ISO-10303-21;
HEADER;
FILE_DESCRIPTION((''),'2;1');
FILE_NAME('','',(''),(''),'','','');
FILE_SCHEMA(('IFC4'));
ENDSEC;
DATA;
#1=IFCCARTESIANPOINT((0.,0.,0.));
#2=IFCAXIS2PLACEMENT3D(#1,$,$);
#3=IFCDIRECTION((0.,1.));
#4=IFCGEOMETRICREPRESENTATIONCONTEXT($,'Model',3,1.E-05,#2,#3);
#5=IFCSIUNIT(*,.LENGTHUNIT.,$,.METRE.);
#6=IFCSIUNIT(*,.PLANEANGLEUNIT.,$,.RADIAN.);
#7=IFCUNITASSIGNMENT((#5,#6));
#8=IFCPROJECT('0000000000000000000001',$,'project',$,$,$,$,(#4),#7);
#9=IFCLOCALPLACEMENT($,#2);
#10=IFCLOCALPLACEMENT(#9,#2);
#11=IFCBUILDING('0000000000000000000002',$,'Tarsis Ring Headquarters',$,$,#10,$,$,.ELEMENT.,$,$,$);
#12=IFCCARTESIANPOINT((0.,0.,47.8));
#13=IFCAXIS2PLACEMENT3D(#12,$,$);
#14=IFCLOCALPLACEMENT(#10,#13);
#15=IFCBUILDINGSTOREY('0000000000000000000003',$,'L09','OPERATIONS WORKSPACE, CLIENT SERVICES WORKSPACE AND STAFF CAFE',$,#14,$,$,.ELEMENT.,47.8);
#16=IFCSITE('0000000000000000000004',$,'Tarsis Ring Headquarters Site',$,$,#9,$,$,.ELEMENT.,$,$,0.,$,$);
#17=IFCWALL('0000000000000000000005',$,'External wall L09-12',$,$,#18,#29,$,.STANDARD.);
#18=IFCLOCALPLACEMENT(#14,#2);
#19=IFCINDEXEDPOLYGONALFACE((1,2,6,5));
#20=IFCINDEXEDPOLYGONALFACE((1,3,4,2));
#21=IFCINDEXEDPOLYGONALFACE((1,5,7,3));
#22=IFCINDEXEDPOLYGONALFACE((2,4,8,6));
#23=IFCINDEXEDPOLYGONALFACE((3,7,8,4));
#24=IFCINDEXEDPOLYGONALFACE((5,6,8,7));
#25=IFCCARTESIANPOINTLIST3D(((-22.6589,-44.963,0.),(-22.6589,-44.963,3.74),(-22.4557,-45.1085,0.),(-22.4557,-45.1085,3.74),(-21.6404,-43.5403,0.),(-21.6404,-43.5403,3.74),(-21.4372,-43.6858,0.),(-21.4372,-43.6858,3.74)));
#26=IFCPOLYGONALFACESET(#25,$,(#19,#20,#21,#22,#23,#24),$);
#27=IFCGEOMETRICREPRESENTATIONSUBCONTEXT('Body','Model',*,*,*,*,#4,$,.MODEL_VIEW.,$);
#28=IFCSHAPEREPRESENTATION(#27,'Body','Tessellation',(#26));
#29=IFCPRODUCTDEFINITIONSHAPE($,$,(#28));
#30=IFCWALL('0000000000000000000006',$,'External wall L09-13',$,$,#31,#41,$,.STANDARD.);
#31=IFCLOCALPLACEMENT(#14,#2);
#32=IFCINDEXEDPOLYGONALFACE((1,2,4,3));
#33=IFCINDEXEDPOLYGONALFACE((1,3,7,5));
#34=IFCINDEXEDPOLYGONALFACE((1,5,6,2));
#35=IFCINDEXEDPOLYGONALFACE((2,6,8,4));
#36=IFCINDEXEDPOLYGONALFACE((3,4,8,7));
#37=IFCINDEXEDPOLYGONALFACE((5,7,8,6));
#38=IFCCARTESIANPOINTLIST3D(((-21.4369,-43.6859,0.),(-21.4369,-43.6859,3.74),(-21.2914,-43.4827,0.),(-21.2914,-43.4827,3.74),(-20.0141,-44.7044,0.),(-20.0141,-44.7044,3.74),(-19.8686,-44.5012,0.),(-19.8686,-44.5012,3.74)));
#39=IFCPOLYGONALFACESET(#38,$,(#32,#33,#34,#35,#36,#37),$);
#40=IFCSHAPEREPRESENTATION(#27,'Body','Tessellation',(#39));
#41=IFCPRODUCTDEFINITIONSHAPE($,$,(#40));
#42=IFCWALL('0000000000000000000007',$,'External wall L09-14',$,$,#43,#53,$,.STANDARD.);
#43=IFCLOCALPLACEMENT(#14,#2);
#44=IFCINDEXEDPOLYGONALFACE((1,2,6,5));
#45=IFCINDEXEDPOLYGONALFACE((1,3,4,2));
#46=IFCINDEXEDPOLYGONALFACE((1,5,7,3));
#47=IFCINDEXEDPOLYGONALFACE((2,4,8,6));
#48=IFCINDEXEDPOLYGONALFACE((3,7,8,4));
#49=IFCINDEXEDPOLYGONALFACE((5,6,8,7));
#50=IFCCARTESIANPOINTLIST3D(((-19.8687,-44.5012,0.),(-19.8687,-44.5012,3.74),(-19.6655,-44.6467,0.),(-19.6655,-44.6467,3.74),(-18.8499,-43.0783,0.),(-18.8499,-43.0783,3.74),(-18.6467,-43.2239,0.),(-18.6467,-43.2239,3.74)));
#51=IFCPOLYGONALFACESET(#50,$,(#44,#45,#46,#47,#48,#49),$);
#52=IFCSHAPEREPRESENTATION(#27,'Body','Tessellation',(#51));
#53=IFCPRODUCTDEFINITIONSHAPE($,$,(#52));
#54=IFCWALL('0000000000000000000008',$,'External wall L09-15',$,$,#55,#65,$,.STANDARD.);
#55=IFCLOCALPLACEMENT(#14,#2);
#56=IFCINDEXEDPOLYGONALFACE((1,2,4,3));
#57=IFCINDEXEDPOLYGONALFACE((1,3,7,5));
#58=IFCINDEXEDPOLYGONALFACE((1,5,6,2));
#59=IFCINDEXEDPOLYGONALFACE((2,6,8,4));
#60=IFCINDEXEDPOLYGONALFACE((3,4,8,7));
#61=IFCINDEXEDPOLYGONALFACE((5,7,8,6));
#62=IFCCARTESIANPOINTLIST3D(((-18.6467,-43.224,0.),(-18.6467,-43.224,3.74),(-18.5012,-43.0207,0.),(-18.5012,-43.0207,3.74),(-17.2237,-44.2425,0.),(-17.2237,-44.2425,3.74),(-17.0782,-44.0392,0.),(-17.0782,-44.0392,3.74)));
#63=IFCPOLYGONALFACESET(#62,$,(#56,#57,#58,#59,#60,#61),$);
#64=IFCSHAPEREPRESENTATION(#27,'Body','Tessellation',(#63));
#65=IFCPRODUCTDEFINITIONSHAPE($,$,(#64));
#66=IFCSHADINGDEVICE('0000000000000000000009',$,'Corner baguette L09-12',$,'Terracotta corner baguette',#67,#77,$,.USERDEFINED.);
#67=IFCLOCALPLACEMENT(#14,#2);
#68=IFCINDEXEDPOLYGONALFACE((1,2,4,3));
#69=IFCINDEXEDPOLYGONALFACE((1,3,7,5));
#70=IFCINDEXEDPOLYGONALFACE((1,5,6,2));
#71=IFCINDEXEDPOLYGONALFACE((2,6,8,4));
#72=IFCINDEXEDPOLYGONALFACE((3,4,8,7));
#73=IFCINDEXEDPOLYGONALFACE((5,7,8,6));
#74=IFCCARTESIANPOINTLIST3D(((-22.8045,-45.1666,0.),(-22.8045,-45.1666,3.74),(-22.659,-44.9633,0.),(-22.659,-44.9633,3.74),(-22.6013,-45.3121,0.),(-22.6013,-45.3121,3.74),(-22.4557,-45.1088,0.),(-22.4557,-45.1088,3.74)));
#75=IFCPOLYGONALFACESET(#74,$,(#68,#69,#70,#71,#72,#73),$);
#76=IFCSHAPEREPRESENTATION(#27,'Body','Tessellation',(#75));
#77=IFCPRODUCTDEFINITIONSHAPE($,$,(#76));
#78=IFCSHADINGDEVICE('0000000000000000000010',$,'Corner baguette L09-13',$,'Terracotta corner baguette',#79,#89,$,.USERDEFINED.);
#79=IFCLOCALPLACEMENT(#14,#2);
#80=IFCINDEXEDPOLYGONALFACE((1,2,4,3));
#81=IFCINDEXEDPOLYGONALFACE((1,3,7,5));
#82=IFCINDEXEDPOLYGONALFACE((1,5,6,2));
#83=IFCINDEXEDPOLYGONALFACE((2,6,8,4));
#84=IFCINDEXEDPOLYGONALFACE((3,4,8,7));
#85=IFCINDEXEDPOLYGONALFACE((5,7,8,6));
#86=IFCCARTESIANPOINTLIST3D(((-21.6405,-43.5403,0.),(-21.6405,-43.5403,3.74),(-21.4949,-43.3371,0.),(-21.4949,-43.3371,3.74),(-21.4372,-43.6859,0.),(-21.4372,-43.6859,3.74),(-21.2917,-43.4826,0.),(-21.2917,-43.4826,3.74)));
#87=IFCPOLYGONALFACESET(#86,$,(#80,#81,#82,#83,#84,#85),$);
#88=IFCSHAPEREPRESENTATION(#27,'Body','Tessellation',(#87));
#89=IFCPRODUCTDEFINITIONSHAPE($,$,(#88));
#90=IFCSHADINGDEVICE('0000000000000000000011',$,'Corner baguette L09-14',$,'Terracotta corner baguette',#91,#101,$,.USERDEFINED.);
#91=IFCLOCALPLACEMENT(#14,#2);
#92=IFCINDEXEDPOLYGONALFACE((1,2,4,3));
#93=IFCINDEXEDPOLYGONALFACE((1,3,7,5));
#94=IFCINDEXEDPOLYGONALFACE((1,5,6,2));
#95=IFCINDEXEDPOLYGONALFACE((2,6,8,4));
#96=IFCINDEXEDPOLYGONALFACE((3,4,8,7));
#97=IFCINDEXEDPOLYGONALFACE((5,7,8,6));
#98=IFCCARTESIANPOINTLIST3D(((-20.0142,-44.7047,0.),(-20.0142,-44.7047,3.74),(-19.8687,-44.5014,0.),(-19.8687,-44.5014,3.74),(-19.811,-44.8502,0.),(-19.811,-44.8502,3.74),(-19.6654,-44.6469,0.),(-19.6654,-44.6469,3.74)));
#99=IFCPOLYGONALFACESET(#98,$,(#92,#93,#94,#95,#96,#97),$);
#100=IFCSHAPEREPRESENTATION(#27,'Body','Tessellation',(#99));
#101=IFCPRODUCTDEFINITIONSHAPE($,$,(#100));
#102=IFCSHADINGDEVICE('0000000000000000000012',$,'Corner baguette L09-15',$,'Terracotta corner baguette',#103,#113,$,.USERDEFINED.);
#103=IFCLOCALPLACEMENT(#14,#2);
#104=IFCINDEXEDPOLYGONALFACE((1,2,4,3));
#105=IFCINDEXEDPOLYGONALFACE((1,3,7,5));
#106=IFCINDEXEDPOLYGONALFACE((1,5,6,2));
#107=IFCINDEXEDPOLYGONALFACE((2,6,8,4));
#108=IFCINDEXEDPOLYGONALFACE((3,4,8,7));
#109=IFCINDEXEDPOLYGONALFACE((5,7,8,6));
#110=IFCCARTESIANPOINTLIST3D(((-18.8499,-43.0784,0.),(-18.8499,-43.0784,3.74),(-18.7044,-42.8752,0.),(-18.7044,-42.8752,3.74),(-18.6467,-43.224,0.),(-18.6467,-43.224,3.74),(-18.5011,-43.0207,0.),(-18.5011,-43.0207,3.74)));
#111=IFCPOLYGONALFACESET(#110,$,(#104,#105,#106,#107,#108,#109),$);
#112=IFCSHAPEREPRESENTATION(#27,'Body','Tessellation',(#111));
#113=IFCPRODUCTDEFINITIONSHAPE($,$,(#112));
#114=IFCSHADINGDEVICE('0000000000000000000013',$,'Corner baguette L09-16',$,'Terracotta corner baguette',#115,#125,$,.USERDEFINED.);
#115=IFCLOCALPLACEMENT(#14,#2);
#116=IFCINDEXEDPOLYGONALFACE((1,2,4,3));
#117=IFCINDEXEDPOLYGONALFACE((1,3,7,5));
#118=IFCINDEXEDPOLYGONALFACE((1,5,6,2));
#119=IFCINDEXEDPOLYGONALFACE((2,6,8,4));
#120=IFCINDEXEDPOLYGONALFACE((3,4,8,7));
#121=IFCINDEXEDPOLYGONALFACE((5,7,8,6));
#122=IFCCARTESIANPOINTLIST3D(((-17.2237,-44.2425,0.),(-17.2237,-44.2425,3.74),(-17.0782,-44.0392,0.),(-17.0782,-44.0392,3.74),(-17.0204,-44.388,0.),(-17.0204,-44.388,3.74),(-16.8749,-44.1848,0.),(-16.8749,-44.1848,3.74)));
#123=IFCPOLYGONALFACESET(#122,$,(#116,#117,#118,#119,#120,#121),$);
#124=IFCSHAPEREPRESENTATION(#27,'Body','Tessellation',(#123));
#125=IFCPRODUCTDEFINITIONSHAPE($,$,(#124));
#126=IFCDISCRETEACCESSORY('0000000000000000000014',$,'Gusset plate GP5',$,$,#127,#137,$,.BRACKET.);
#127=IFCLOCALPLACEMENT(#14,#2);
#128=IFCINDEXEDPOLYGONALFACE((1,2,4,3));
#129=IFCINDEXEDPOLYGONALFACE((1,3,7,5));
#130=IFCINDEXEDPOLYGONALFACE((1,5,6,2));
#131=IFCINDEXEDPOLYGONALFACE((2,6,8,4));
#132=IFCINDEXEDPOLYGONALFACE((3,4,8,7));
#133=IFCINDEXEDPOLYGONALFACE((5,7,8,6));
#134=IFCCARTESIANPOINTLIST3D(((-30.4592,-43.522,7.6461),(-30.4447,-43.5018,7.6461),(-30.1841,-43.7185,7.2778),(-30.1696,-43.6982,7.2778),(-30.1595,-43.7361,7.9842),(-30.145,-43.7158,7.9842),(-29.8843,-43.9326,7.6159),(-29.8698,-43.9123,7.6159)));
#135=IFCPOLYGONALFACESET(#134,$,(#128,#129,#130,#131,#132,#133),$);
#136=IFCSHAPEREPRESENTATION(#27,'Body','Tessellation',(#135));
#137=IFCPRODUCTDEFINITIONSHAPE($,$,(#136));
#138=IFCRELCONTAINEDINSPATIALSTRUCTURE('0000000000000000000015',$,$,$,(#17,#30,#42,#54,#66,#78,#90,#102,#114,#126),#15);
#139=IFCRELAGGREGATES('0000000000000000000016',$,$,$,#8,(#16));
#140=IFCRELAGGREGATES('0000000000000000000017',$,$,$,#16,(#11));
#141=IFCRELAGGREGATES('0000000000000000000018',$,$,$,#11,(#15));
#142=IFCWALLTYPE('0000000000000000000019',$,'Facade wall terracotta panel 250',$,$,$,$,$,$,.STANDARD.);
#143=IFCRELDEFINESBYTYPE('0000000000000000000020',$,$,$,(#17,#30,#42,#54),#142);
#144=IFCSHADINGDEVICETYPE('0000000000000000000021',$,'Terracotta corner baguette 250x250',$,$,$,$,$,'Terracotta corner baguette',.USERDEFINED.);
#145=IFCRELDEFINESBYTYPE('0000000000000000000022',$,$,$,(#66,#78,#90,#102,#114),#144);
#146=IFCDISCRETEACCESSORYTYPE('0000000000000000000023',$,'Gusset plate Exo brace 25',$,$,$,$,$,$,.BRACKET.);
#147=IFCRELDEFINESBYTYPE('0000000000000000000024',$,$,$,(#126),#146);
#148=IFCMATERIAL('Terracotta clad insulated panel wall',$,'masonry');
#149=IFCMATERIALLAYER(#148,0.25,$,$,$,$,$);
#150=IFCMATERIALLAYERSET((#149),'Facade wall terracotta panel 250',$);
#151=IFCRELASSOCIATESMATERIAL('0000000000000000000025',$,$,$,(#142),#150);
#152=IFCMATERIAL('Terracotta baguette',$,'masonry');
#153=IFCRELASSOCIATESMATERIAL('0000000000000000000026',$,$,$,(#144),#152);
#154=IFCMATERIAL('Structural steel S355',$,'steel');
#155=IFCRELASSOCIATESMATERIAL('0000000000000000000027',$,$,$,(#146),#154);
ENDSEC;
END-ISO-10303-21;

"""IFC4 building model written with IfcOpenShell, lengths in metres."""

from ifc_helpers import new_model, si_unit, direction, frame, frame_2d, origin, origin_2d, place, context, subcontext, project, spatial, rectangle, extrude, material, layer, layer_set, material_profile, profile_set, type_object, element, save


model = new_model("IFC4")

# Units and contexts
model_context = context("Model", 3, precision=1e-05, world=origin(), true_north=direction((0.0, 1.0)))
body_context = subcontext(model_context, "Body", "Model", "MODEL_VIEW")
ifc_project = project(units=[si_unit("LENGTHUNIT", "METRE"), si_unit("PLANEANGLEUNIT", "RADIAN")], contexts=[model_context])

# Site, building, storey
site_placement = place(None, origin())
site = spatial("IfcSite", under=ifc_project, at=site_placement, Name="Tarsis Ring Headquarters Site", CompositionType="ELEMENT", RefElevation=0.0)
building_placement = place(site_placement, origin())
building = spatial("IfcBuilding", under=site, at=building_placement, Name="Tarsis Ring Headquarters", CompositionType="ELEMENT")
storey_placement = place(building_placement, frame((0.0, 0.0, 47.8)))
storey = spatial("IfcBuildingStorey", under=building, at=storey_placement, Name="L09", Description="OPERATIONS WORKSPACE, CLIENT SERVICES WORKSPACE AND STAFF CAFE", CompositionType="ELEMENT", Elevation=47.8)

# Shared definitions
ifc_material_1 = material(Name="Structural steel S355", Category="steel")

# Walls
ifc_material_2 = material(Name="Terracotta clad insulated panel wall", Category="masonry")
ifc_layer_1 = layer(ifc_material_2, 0.25)
ifc_layer_set_1 = layer_set([ifc_layer_1], Name="Facade wall terracotta panel 250")
wall_type_1 = type_object("IfcWallType", Name="Facade wall terracotta panel 250", PredefinedType="STANDARD", material=ifc_layer_set_1)
for number, where, z_axis, x_axis, name in (
    (1, (-22.5574, -45.0359, 0.0), (0.0, 0.0, 1.0), (0.582083, 0.81313, 0.0), "External wall L09-12"),
    (2, (-21.3643, -43.5842, 0.0), (0.0, 0.0, 1.0), (0.81313, -0.582083, 0.0), "External wall L09-13"),
):
    element("IfcWall", number, at=place(storey_placement, frame(where, z_axis=z_axis, x_axis=x_axis)), inside=storey, type_object=wall_type_1, Name=name, PredefinedType="STANDARD", context=body_context, shape_type="SweptSolid", body=[
        extrude(rectangle(XDim=1.7498, YDim=0.25, at=frame_2d((0.875, 0.0))), origin(), (0.0, 0.0, 1.0), 3.74),
    ])
for number, where, z_axis, x_axis, name in (
    (3, (-19.7671, -44.574, 0.0), (0.0, 0.0, 1.0), (0.582175, 0.813064, 0.0), "External wall L09-14"),
    (4, (-18.574, -43.1223, 0.0), (0.0, 0.0, 1.0), (0.813177, -0.582017, 0.0), "External wall L09-15"),
):
    element("IfcWall", number, at=place(storey_placement, frame(where, z_axis=z_axis, x_axis=x_axis)), inside=storey, type_object=wall_type_1, Name=name, PredefinedType="STANDARD", context=body_context, shape_type="SweptSolid", body=[
        extrude(rectangle(XDim=1.75, YDim=0.25, at=frame_2d((0.875, 0.0))), origin(), (0.0, 0.0, 1.0), 3.74),
    ])

# Shading devices
ifc_material_3 = material(Name="Terracotta baguette", Category="masonry")
shading_device_type_1 = type_object("IfcShadingDeviceType", Name="Terracotta corner baguette 250x250", ElementType="Terracotta corner baguette", PredefinedType="USERDEFINED", material=ifc_material_3)
for number, where, z_axis, x_axis, name in (
    (5, (-22.6301, -45.1377, 0.0), (0.0, 0.0, 1.0), (0.813101, -0.582123, 0.0), "Corner baguette L09-12"),
    (6, (-21.4661, -43.5115, 0.0), (0.0, 0.0, 1.0), (0.582123, 0.813101, 0.0), "Corner baguette L09-13"),
    (7, (-19.8398, -44.6758, 0.0), (0.0, 0.0, 1.0), (0.813101, -0.582123, 0.0), "Corner baguette L09-14"),
    (8, (-18.6755, -43.0496, 0.0), (0.0, 0.0, 1.0), (0.582123, 0.813101, 0.0), "Corner baguette L09-15"),
    (9, (-17.0493, -44.2136, 0.0), (0.0, 0.0, 1.0), (0.813101, -0.582123, 0.0), "Corner baguette L09-16"),
):
    element("IfcShadingDevice", number, at=place(storey_placement, frame(where, z_axis=z_axis, x_axis=x_axis)), inside=storey, type_object=shading_device_type_1, Name=name, ObjectType="Terracotta corner baguette", PredefinedType="USERDEFINED", context=body_context, shape_type="SweptSolid", body=[
        extrude(rectangle(XDim=0.25, YDim=0.25, at=origin_2d()), origin(), (0.0, 0.0, 1.0), 3.74),
    ])

# Discrete accessory
ifc_material_profile_1 = material_profile(ifc_material_1, rectangle(XDim=0.0249, YDim=0.5, at=origin_2d()), Name="PL 25x500")
ifc_profile_set_1 = profile_set([ifc_material_profile_1], Name="Structural steel S355")
discrete_accessory_type = type_object("IfcDiscreteAccessoryType", Name="Gusset plate Exo brace 25", PredefinedType="BRACKET", material=ifc_profile_set_1)
discrete_accessory_placement = place(storey_placement, frame((-30.0146, -43.8242, 7.8), z_axis=(-0.599535, 0.42817, -0.676186), x_axis=(-0.581176, -0.813778, 0.0)))
element("IfcDiscreteAccessory", 10, at=discrete_accessory_placement, inside=storey, type_object=discrete_accessory_type, Name="Gusset plate GP5", PredefinedType="BRACKET", context=body_context, shape_type="SweptSolid", body=[
    extrude(rectangle(XDim=0.0249, YDim=0.5, at=origin_2d()), origin(), (0.0, 0.0, 1.0), 0.5),
])

save(model, "model.ifc")
